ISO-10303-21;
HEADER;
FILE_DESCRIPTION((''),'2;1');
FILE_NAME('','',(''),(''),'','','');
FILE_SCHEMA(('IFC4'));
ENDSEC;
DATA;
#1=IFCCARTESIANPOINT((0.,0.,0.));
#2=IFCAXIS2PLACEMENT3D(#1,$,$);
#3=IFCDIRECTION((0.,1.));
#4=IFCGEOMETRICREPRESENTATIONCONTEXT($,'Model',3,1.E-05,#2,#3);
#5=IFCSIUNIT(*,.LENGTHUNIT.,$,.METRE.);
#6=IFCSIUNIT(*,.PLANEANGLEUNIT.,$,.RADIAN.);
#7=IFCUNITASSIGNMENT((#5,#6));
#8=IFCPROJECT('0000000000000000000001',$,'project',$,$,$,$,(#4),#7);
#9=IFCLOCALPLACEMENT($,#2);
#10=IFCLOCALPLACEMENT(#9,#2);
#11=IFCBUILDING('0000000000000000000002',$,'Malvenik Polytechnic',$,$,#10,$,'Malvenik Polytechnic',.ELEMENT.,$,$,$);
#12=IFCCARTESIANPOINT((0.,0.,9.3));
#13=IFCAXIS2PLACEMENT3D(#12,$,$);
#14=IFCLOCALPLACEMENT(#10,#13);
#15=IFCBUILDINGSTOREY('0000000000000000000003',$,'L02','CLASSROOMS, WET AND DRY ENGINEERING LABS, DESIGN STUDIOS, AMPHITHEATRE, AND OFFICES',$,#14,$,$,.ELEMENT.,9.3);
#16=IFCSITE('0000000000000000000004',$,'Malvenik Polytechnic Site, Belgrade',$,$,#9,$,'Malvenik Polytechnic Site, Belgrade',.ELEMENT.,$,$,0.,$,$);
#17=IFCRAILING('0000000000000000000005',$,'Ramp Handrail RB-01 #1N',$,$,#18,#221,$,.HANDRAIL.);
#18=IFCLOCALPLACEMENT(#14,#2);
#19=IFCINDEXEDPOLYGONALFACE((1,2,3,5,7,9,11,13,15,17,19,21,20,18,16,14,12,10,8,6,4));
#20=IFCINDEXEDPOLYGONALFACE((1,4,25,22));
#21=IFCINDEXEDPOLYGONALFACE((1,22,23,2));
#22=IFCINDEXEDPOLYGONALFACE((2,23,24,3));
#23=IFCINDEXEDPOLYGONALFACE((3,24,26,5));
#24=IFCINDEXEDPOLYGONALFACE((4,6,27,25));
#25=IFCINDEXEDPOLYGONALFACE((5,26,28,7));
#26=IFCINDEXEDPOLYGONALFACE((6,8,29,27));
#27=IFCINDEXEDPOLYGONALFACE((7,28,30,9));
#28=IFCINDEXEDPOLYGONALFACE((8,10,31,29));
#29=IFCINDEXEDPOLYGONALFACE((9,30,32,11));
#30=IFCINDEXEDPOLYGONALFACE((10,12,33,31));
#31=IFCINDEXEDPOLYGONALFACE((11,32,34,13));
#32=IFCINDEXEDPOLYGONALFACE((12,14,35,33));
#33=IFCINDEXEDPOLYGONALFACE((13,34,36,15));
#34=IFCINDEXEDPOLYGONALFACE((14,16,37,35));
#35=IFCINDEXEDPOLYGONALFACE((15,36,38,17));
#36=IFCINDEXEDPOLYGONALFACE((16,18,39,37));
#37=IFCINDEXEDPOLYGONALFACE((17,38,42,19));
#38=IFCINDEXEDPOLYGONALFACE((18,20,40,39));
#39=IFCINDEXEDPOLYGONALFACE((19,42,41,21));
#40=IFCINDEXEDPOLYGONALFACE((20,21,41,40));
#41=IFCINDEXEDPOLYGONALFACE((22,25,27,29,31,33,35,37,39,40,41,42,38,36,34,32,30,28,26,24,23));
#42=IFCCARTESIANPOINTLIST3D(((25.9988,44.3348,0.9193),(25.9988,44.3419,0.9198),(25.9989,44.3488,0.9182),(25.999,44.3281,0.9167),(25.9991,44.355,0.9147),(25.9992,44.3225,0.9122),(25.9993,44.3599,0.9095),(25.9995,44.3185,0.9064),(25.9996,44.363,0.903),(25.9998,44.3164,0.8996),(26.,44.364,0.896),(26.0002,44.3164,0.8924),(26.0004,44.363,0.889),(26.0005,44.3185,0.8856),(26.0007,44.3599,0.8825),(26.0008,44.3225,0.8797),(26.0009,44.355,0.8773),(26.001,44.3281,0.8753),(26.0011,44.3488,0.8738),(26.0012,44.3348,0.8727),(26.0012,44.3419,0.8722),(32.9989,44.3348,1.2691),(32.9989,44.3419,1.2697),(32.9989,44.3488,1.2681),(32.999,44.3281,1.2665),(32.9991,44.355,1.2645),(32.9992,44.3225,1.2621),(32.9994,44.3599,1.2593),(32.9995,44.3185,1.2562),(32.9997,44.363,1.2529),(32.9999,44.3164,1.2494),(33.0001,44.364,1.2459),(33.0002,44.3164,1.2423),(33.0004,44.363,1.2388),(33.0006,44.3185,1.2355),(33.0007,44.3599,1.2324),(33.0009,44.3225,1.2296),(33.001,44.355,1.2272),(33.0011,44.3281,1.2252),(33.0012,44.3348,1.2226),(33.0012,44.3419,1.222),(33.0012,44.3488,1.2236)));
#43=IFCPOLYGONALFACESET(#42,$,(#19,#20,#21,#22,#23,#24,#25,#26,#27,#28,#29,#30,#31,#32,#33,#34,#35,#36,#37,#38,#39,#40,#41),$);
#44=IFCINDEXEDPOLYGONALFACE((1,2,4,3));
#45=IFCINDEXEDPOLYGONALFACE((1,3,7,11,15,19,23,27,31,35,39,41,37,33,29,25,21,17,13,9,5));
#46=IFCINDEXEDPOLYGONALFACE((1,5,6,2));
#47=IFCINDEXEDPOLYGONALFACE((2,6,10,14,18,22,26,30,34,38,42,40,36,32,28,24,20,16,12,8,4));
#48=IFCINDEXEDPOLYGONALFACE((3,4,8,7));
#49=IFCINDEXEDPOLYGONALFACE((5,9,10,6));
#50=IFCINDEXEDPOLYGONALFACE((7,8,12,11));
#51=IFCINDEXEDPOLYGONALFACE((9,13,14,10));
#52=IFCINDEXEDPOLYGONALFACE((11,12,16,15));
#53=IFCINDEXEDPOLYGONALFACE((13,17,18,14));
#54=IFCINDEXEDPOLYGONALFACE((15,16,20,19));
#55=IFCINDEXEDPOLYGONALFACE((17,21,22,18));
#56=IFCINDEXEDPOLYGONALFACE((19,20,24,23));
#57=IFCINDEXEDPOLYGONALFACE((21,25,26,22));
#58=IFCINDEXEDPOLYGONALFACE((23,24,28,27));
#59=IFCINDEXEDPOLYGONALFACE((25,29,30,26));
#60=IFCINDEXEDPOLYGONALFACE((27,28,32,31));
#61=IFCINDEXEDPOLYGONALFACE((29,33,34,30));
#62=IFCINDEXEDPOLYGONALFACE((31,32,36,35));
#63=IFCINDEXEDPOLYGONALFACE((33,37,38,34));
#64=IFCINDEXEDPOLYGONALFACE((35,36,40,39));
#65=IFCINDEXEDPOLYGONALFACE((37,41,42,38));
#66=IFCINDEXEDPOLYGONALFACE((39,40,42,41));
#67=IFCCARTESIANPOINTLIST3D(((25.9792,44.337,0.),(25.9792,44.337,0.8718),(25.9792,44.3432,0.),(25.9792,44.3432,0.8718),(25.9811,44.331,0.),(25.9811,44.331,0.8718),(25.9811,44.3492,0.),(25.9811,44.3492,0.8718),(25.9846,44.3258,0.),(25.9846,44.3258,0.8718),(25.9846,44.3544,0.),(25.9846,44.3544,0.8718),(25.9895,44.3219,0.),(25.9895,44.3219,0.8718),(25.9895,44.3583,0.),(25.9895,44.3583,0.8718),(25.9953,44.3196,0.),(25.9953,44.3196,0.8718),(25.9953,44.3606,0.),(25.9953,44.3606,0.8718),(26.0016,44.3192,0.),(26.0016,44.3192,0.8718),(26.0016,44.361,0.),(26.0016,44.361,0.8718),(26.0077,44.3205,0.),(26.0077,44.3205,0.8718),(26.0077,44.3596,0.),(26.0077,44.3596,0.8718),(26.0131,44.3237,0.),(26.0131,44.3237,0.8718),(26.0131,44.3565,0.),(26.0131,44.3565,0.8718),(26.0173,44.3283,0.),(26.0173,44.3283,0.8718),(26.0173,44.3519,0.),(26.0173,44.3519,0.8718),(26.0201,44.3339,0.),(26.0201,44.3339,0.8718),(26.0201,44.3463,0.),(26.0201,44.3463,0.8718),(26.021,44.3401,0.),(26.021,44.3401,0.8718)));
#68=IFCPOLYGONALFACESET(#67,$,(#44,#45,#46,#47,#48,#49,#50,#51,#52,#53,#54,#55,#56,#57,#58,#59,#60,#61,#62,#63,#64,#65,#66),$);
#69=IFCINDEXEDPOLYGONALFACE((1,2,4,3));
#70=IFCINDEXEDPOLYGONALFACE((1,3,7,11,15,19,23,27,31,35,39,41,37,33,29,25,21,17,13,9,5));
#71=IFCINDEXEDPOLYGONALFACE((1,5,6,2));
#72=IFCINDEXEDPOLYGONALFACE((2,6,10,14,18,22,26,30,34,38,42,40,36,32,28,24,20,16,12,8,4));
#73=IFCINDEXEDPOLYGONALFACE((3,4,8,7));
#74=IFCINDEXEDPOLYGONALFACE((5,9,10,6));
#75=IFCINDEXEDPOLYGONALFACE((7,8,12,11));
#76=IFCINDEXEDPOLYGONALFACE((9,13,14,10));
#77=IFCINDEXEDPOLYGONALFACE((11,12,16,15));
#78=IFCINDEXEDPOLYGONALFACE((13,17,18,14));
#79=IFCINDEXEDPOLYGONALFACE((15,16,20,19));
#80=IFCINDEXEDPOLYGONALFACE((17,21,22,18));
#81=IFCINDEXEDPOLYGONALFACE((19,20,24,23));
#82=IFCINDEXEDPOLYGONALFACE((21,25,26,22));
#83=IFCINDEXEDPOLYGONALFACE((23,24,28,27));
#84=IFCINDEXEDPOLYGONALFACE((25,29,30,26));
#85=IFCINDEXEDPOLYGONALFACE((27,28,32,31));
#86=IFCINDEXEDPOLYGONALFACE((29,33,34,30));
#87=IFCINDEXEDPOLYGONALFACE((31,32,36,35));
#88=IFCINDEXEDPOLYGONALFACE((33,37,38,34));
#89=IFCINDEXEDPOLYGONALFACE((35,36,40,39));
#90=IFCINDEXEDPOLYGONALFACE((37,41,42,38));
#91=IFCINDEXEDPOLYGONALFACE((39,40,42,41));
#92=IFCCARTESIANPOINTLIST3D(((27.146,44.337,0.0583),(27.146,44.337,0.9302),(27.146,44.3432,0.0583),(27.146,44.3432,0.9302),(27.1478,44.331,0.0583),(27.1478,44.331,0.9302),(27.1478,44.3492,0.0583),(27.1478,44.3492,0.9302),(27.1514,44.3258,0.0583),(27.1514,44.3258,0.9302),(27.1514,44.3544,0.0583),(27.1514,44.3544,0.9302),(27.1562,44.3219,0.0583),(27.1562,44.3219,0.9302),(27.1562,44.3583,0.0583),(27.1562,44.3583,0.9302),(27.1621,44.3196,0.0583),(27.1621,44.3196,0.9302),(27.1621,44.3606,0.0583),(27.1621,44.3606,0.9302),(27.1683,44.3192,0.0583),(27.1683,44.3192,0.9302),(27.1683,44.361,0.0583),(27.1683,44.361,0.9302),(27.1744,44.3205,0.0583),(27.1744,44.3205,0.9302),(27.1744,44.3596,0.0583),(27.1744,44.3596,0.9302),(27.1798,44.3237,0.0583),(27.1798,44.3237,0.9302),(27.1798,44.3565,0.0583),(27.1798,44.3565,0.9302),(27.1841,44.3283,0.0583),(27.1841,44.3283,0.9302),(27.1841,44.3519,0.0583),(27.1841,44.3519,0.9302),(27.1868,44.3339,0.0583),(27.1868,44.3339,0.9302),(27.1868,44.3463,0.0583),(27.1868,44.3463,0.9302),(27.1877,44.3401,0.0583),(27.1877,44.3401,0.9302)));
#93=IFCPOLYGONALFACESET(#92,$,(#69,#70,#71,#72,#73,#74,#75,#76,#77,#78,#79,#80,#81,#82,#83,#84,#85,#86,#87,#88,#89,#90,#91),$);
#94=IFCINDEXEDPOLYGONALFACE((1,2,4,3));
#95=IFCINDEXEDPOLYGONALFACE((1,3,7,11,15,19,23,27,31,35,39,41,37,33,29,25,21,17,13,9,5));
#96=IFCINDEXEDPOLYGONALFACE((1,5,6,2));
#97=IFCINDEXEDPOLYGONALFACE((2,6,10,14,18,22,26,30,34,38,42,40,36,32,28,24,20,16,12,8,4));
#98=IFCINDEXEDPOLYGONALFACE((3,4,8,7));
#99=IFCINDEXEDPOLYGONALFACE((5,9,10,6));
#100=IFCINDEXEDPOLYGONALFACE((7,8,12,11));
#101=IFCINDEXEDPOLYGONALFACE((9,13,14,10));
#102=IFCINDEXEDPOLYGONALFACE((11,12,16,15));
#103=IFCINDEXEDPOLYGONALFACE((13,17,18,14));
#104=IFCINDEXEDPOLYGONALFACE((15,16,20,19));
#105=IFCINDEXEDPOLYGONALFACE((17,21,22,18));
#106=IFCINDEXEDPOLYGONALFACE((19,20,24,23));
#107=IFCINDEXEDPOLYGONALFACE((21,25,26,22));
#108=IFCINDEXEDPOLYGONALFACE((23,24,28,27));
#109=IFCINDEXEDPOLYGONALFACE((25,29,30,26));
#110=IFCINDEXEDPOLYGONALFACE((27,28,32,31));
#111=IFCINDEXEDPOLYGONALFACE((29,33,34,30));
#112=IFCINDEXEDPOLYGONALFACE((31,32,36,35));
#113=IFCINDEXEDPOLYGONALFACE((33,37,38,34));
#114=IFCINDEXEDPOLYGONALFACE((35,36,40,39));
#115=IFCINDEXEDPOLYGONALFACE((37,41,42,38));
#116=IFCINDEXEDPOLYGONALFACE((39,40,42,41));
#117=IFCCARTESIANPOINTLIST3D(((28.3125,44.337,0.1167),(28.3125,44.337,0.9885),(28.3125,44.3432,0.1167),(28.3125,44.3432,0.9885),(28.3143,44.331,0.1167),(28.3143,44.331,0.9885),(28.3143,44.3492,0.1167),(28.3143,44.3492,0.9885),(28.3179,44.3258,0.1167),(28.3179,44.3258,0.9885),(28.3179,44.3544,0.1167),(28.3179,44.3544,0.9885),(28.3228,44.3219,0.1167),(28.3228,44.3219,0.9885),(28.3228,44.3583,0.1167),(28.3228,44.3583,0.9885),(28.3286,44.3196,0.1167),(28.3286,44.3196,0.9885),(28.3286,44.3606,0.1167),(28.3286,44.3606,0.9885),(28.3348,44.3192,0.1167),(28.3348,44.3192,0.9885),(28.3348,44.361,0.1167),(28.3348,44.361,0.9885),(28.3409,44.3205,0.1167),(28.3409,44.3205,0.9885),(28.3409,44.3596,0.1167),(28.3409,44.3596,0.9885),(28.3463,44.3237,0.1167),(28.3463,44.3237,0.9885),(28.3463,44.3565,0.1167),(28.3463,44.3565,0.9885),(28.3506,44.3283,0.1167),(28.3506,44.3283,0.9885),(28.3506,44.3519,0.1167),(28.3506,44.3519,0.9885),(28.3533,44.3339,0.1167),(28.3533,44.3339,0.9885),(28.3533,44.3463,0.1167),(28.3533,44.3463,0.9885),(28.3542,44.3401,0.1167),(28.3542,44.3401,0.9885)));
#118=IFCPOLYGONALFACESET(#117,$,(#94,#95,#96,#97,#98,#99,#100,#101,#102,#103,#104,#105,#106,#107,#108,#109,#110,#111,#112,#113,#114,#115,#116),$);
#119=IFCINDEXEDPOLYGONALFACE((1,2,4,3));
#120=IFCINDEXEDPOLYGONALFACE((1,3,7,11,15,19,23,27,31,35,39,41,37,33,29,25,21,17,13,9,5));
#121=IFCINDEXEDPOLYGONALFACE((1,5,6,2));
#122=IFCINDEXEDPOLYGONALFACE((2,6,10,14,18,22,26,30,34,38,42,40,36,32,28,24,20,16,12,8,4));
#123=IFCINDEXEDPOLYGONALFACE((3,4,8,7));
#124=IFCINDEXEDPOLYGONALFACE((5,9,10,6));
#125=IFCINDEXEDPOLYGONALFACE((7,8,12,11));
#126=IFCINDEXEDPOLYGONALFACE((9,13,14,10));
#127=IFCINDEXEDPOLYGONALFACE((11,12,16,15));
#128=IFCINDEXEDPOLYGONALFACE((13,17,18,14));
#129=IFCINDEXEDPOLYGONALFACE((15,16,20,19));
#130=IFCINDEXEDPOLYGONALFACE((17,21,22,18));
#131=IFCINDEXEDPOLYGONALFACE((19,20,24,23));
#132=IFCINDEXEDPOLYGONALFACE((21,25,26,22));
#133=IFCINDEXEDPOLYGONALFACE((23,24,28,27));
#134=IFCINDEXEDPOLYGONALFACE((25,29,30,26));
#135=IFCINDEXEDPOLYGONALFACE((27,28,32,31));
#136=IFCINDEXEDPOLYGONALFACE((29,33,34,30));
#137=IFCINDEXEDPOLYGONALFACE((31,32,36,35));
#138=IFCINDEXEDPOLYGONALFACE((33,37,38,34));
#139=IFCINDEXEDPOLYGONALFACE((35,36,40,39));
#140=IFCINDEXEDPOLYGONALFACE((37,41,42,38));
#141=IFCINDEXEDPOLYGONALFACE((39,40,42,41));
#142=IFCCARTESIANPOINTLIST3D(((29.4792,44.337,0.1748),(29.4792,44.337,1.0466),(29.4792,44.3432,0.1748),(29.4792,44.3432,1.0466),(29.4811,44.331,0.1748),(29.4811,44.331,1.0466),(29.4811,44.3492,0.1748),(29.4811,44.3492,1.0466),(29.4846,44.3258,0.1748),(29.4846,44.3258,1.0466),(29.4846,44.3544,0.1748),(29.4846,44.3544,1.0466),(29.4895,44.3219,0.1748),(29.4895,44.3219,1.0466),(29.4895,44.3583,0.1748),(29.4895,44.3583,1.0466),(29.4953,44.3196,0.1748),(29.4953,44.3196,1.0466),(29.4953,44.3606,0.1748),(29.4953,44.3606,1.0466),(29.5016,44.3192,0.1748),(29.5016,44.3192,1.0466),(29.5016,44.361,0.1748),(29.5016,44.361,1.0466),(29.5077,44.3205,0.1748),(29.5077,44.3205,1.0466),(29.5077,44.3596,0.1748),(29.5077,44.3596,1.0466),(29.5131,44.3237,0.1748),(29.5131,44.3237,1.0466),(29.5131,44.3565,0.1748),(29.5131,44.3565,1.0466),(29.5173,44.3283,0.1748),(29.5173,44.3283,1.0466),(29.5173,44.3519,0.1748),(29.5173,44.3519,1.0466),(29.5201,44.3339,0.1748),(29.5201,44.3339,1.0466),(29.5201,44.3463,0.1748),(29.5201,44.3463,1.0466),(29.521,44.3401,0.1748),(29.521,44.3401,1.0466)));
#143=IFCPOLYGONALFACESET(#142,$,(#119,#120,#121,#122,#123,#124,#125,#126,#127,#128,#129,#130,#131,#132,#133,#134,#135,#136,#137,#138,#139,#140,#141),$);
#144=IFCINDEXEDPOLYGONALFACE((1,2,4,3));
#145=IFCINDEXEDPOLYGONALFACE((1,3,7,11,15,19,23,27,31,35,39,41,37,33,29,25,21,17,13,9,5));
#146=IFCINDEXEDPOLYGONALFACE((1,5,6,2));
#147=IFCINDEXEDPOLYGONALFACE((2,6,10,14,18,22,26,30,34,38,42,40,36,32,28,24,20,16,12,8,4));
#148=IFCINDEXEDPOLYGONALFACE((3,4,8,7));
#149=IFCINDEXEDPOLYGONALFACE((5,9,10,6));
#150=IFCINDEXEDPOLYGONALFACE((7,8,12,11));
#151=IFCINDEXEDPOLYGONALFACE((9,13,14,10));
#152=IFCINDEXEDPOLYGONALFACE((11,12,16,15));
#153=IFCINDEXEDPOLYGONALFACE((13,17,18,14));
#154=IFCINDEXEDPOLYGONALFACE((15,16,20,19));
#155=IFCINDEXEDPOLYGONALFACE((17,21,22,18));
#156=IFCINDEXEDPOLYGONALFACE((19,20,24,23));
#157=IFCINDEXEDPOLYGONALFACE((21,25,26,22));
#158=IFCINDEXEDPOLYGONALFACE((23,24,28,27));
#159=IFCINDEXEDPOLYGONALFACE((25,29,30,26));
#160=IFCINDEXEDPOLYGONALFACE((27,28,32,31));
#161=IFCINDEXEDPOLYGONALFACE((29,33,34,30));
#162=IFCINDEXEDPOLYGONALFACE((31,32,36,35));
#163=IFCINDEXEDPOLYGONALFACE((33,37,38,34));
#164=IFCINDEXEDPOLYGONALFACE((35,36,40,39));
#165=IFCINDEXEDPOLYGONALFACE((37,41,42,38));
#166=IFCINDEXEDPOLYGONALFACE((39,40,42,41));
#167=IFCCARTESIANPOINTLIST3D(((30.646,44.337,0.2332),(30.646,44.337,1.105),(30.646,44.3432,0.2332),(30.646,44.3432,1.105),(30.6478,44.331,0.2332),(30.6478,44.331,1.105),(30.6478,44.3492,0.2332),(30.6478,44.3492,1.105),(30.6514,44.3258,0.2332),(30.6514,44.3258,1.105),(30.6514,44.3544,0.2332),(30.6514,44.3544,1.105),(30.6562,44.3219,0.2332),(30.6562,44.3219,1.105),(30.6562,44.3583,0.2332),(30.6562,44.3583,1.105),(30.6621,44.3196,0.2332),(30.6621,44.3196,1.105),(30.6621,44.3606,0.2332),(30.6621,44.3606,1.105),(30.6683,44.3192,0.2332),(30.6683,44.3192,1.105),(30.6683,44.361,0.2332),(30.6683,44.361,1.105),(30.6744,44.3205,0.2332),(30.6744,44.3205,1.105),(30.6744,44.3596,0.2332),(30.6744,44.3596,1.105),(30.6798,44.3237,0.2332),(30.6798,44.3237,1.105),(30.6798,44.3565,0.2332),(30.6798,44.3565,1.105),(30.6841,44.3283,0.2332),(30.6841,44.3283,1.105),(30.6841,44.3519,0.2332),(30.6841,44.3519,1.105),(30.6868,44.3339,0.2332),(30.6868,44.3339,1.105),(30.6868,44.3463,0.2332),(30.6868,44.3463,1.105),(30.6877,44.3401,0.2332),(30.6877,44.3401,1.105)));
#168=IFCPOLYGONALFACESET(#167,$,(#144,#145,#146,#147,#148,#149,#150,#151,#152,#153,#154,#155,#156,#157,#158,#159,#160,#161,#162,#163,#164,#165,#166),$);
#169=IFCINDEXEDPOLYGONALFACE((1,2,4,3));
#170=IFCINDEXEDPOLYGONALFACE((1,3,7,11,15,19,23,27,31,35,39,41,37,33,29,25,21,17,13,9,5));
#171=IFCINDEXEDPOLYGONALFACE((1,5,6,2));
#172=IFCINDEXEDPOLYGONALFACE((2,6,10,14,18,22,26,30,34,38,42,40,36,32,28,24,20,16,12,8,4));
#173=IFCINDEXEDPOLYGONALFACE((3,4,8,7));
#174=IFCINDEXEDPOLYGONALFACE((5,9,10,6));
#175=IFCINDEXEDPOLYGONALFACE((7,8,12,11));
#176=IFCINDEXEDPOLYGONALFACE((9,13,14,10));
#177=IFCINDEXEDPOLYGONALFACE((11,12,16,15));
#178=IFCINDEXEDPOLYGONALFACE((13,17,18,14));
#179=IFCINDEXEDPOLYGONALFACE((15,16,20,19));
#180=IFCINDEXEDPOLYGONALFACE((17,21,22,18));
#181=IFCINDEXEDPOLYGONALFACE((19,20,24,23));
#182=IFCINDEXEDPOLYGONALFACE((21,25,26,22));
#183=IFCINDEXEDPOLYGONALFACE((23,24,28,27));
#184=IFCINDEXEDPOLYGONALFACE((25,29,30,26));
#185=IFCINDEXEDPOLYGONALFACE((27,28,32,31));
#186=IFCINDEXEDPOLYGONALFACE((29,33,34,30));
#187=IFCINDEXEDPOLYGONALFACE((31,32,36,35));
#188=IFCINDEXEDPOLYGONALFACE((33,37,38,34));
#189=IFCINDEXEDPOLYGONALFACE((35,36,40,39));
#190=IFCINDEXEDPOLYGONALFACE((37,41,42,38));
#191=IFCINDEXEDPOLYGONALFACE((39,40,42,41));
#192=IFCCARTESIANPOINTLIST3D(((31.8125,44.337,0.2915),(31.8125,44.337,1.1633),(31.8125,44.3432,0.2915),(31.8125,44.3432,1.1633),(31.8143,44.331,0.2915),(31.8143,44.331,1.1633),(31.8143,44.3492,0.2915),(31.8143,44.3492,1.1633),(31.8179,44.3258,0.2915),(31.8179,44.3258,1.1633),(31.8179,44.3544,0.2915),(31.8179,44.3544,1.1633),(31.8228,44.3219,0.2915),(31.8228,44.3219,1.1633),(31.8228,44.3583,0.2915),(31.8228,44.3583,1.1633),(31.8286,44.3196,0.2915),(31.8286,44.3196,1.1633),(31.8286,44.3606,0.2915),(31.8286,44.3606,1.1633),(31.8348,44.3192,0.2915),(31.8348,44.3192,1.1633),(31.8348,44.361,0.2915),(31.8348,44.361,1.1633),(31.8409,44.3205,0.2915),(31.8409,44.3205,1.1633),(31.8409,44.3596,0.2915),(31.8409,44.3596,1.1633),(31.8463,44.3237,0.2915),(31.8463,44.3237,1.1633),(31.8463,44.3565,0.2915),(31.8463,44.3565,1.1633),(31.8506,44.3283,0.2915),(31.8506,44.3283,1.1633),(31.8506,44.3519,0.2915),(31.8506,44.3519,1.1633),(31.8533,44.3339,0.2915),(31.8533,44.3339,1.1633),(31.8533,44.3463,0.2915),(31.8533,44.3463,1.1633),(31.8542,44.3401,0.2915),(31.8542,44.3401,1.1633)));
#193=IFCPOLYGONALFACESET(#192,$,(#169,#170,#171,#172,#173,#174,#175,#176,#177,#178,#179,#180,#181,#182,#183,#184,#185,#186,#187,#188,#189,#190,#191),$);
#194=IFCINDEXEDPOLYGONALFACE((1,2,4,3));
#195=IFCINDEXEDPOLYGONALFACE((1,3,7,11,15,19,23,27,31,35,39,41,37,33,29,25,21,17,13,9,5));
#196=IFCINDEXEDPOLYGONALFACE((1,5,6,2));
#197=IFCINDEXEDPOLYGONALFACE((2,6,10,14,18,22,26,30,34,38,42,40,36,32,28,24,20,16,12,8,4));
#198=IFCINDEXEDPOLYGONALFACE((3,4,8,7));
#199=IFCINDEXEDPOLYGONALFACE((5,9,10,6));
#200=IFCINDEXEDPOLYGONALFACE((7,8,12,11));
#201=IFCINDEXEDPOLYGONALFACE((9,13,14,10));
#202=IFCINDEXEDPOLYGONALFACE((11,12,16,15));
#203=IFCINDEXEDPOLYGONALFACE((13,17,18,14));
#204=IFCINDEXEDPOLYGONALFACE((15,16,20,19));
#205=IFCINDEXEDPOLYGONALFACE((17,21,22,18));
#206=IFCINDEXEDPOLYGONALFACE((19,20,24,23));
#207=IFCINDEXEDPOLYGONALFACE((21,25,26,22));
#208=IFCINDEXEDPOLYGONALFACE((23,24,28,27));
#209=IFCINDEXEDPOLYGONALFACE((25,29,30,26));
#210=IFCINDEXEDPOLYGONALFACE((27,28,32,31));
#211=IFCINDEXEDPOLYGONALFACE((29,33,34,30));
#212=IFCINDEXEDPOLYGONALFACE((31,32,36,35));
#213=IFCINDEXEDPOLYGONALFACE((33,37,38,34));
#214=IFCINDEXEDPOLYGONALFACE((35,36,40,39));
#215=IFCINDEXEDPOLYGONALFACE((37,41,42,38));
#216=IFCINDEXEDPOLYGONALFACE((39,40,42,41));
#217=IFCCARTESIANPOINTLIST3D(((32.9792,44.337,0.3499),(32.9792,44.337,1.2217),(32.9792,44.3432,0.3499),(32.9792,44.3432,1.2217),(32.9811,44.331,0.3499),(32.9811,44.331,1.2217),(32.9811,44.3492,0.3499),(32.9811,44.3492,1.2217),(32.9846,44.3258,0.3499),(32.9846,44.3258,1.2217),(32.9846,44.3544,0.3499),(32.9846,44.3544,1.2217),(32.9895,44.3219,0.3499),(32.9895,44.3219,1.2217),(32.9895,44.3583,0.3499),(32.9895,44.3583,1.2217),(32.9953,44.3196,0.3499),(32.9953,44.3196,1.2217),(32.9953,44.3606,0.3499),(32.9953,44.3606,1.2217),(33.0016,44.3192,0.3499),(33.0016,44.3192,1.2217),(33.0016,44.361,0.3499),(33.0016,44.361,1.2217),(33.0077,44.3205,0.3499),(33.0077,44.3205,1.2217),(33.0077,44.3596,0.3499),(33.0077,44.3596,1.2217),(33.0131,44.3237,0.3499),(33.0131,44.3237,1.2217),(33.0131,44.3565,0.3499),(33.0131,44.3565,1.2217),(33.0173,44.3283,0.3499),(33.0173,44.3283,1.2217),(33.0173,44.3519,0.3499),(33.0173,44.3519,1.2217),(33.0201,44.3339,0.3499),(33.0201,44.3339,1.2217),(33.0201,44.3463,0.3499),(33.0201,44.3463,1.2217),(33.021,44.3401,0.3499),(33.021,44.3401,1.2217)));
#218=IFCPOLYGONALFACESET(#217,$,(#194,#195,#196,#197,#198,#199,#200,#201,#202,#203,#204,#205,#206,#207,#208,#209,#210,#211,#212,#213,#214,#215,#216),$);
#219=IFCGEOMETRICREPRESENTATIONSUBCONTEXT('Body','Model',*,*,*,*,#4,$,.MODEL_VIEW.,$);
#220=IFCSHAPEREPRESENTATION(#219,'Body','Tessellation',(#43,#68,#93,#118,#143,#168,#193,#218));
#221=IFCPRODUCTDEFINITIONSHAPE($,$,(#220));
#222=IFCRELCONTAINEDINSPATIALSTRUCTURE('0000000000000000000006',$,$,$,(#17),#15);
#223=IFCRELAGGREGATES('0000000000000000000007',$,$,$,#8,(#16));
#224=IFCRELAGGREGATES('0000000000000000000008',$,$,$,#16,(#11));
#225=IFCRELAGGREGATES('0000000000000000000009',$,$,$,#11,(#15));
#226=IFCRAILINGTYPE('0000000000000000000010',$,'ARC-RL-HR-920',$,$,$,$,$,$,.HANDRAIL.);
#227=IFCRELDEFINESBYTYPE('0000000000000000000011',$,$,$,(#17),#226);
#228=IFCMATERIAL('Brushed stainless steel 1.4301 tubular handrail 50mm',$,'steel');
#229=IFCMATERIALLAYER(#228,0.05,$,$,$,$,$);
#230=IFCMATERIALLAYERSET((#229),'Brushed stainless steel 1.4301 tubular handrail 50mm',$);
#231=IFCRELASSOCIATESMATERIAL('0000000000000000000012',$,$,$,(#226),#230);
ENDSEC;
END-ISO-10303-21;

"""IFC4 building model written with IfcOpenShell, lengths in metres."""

from ifc_helpers import new_model, si_unit, direction, frame, origin, origin_2d, place, context, subcontext, project, spatial, circle, extrude, material, layer, layer_set, type_object, element, save


model = new_model("IFC4")

# Units and contexts
model_context = context("Model", 3, precision=1e-05, world=origin(), true_north=direction((0.0, 1.0)))
body_context = subcontext(model_context, "Body", "Model", "MODEL_VIEW")
ifc_project = project(units=[si_unit("LENGTHUNIT", "METRE"), si_unit("PLANEANGLEUNIT", "RADIAN")], contexts=[model_context])

# Site, building, storey
site_placement = place(None, origin())
site = spatial("IfcSite", under=ifc_project, at=site_placement, Name="Malvenik Polytechnic Site, Belgrade", LongName="Malvenik Polytechnic Site, Belgrade", CompositionType="ELEMENT", RefElevation=0.0)
building_placement = place(site_placement, origin())
building = spatial("IfcBuilding", under=site, at=building_placement, Name="Malvenik Polytechnic", LongName="Malvenik Polytechnic", CompositionType="ELEMENT")
storey_placement = place(building_placement, frame((0.0, 0.0, 9.3)))
storey = spatial("IfcBuildingStorey", under=building, at=storey_placement, Name="L02", Description="CLASSROOMS, WET AND DRY ENGINEERING LABS, DESIGN STUDIOS, AMPHITHEATRE, AND OFFICES", CompositionType="ELEMENT", Elevation=9.3)

# Railing
ifc_material_1 = material(Name="Brushed stainless steel 1.4301 tubular handrail 50mm", Category="steel")
ifc_layer_1 = layer(ifc_material_1, 0.05)
ifc_layer_set_1 = layer_set([ifc_layer_1], Name="Brushed stainless steel 1.4301 tubular handrail 50mm")
railing_type_1 = type_object("IfcRailingType", Name="ARC-RL-HR-920", PredefinedType="HANDRAIL", material=ifc_layer_set_1)
railing_1_placement = place(storey_placement, frame((26.0, 44.3401, 0.0)))
element("IfcRailing", 1, at=railing_1_placement, inside=storey, type_object=railing_type_1, Name="Ramp Handrail RB-01 #1N", PredefinedType="HANDRAIL", context=body_context, shape_type="SweptSolid", body=[
    extrude(circle(Radius=0.0239, at=origin_2d()), frame((0.0, 0.0, 0.896), z_axis=(0.998753, 0.0, 0.049917), x_axis=(0.0, 1.0, 0.0)), (0.0, 0.0, 1.0), 7.0088),
    extrude(circle(Radius=0.021, at=origin_2d()), origin(), (0.0, 0.0, 1.0), 0.8718),
    extrude(circle(Radius=0.021, at=origin_2d()), frame((1.1667, 0.0, 0.0583)), (0.0, 0.0, 1.0), 0.8718),
    extrude(circle(Radius=0.021, at=origin_2d()), frame((2.3333, 0.0, 0.1167)), (0.0, 0.0, 1.0), 0.8718),
    extrude(circle(Radius=0.021, at=origin_2d()), frame((3.5, 0.0, 0.1748)), (0.0, 0.0, 1.0), 0.8718),
    extrude(circle(Radius=0.021, at=origin_2d()), frame((4.6667, 0.0, 0.2332)), (0.0, 0.0, 1.0), 0.8718),
    extrude(circle(Radius=0.021, at=origin_2d()), frame((5.8333, 0.0, 0.2915)), (0.0, 0.0, 1.0), 0.8718),
    extrude(circle(Radius=0.021, at=origin_2d()), frame((7.0, 0.0, 0.3499)), (0.0, 0.0, 1.0), 0.8718),
])

save(model, "model.ifc")
